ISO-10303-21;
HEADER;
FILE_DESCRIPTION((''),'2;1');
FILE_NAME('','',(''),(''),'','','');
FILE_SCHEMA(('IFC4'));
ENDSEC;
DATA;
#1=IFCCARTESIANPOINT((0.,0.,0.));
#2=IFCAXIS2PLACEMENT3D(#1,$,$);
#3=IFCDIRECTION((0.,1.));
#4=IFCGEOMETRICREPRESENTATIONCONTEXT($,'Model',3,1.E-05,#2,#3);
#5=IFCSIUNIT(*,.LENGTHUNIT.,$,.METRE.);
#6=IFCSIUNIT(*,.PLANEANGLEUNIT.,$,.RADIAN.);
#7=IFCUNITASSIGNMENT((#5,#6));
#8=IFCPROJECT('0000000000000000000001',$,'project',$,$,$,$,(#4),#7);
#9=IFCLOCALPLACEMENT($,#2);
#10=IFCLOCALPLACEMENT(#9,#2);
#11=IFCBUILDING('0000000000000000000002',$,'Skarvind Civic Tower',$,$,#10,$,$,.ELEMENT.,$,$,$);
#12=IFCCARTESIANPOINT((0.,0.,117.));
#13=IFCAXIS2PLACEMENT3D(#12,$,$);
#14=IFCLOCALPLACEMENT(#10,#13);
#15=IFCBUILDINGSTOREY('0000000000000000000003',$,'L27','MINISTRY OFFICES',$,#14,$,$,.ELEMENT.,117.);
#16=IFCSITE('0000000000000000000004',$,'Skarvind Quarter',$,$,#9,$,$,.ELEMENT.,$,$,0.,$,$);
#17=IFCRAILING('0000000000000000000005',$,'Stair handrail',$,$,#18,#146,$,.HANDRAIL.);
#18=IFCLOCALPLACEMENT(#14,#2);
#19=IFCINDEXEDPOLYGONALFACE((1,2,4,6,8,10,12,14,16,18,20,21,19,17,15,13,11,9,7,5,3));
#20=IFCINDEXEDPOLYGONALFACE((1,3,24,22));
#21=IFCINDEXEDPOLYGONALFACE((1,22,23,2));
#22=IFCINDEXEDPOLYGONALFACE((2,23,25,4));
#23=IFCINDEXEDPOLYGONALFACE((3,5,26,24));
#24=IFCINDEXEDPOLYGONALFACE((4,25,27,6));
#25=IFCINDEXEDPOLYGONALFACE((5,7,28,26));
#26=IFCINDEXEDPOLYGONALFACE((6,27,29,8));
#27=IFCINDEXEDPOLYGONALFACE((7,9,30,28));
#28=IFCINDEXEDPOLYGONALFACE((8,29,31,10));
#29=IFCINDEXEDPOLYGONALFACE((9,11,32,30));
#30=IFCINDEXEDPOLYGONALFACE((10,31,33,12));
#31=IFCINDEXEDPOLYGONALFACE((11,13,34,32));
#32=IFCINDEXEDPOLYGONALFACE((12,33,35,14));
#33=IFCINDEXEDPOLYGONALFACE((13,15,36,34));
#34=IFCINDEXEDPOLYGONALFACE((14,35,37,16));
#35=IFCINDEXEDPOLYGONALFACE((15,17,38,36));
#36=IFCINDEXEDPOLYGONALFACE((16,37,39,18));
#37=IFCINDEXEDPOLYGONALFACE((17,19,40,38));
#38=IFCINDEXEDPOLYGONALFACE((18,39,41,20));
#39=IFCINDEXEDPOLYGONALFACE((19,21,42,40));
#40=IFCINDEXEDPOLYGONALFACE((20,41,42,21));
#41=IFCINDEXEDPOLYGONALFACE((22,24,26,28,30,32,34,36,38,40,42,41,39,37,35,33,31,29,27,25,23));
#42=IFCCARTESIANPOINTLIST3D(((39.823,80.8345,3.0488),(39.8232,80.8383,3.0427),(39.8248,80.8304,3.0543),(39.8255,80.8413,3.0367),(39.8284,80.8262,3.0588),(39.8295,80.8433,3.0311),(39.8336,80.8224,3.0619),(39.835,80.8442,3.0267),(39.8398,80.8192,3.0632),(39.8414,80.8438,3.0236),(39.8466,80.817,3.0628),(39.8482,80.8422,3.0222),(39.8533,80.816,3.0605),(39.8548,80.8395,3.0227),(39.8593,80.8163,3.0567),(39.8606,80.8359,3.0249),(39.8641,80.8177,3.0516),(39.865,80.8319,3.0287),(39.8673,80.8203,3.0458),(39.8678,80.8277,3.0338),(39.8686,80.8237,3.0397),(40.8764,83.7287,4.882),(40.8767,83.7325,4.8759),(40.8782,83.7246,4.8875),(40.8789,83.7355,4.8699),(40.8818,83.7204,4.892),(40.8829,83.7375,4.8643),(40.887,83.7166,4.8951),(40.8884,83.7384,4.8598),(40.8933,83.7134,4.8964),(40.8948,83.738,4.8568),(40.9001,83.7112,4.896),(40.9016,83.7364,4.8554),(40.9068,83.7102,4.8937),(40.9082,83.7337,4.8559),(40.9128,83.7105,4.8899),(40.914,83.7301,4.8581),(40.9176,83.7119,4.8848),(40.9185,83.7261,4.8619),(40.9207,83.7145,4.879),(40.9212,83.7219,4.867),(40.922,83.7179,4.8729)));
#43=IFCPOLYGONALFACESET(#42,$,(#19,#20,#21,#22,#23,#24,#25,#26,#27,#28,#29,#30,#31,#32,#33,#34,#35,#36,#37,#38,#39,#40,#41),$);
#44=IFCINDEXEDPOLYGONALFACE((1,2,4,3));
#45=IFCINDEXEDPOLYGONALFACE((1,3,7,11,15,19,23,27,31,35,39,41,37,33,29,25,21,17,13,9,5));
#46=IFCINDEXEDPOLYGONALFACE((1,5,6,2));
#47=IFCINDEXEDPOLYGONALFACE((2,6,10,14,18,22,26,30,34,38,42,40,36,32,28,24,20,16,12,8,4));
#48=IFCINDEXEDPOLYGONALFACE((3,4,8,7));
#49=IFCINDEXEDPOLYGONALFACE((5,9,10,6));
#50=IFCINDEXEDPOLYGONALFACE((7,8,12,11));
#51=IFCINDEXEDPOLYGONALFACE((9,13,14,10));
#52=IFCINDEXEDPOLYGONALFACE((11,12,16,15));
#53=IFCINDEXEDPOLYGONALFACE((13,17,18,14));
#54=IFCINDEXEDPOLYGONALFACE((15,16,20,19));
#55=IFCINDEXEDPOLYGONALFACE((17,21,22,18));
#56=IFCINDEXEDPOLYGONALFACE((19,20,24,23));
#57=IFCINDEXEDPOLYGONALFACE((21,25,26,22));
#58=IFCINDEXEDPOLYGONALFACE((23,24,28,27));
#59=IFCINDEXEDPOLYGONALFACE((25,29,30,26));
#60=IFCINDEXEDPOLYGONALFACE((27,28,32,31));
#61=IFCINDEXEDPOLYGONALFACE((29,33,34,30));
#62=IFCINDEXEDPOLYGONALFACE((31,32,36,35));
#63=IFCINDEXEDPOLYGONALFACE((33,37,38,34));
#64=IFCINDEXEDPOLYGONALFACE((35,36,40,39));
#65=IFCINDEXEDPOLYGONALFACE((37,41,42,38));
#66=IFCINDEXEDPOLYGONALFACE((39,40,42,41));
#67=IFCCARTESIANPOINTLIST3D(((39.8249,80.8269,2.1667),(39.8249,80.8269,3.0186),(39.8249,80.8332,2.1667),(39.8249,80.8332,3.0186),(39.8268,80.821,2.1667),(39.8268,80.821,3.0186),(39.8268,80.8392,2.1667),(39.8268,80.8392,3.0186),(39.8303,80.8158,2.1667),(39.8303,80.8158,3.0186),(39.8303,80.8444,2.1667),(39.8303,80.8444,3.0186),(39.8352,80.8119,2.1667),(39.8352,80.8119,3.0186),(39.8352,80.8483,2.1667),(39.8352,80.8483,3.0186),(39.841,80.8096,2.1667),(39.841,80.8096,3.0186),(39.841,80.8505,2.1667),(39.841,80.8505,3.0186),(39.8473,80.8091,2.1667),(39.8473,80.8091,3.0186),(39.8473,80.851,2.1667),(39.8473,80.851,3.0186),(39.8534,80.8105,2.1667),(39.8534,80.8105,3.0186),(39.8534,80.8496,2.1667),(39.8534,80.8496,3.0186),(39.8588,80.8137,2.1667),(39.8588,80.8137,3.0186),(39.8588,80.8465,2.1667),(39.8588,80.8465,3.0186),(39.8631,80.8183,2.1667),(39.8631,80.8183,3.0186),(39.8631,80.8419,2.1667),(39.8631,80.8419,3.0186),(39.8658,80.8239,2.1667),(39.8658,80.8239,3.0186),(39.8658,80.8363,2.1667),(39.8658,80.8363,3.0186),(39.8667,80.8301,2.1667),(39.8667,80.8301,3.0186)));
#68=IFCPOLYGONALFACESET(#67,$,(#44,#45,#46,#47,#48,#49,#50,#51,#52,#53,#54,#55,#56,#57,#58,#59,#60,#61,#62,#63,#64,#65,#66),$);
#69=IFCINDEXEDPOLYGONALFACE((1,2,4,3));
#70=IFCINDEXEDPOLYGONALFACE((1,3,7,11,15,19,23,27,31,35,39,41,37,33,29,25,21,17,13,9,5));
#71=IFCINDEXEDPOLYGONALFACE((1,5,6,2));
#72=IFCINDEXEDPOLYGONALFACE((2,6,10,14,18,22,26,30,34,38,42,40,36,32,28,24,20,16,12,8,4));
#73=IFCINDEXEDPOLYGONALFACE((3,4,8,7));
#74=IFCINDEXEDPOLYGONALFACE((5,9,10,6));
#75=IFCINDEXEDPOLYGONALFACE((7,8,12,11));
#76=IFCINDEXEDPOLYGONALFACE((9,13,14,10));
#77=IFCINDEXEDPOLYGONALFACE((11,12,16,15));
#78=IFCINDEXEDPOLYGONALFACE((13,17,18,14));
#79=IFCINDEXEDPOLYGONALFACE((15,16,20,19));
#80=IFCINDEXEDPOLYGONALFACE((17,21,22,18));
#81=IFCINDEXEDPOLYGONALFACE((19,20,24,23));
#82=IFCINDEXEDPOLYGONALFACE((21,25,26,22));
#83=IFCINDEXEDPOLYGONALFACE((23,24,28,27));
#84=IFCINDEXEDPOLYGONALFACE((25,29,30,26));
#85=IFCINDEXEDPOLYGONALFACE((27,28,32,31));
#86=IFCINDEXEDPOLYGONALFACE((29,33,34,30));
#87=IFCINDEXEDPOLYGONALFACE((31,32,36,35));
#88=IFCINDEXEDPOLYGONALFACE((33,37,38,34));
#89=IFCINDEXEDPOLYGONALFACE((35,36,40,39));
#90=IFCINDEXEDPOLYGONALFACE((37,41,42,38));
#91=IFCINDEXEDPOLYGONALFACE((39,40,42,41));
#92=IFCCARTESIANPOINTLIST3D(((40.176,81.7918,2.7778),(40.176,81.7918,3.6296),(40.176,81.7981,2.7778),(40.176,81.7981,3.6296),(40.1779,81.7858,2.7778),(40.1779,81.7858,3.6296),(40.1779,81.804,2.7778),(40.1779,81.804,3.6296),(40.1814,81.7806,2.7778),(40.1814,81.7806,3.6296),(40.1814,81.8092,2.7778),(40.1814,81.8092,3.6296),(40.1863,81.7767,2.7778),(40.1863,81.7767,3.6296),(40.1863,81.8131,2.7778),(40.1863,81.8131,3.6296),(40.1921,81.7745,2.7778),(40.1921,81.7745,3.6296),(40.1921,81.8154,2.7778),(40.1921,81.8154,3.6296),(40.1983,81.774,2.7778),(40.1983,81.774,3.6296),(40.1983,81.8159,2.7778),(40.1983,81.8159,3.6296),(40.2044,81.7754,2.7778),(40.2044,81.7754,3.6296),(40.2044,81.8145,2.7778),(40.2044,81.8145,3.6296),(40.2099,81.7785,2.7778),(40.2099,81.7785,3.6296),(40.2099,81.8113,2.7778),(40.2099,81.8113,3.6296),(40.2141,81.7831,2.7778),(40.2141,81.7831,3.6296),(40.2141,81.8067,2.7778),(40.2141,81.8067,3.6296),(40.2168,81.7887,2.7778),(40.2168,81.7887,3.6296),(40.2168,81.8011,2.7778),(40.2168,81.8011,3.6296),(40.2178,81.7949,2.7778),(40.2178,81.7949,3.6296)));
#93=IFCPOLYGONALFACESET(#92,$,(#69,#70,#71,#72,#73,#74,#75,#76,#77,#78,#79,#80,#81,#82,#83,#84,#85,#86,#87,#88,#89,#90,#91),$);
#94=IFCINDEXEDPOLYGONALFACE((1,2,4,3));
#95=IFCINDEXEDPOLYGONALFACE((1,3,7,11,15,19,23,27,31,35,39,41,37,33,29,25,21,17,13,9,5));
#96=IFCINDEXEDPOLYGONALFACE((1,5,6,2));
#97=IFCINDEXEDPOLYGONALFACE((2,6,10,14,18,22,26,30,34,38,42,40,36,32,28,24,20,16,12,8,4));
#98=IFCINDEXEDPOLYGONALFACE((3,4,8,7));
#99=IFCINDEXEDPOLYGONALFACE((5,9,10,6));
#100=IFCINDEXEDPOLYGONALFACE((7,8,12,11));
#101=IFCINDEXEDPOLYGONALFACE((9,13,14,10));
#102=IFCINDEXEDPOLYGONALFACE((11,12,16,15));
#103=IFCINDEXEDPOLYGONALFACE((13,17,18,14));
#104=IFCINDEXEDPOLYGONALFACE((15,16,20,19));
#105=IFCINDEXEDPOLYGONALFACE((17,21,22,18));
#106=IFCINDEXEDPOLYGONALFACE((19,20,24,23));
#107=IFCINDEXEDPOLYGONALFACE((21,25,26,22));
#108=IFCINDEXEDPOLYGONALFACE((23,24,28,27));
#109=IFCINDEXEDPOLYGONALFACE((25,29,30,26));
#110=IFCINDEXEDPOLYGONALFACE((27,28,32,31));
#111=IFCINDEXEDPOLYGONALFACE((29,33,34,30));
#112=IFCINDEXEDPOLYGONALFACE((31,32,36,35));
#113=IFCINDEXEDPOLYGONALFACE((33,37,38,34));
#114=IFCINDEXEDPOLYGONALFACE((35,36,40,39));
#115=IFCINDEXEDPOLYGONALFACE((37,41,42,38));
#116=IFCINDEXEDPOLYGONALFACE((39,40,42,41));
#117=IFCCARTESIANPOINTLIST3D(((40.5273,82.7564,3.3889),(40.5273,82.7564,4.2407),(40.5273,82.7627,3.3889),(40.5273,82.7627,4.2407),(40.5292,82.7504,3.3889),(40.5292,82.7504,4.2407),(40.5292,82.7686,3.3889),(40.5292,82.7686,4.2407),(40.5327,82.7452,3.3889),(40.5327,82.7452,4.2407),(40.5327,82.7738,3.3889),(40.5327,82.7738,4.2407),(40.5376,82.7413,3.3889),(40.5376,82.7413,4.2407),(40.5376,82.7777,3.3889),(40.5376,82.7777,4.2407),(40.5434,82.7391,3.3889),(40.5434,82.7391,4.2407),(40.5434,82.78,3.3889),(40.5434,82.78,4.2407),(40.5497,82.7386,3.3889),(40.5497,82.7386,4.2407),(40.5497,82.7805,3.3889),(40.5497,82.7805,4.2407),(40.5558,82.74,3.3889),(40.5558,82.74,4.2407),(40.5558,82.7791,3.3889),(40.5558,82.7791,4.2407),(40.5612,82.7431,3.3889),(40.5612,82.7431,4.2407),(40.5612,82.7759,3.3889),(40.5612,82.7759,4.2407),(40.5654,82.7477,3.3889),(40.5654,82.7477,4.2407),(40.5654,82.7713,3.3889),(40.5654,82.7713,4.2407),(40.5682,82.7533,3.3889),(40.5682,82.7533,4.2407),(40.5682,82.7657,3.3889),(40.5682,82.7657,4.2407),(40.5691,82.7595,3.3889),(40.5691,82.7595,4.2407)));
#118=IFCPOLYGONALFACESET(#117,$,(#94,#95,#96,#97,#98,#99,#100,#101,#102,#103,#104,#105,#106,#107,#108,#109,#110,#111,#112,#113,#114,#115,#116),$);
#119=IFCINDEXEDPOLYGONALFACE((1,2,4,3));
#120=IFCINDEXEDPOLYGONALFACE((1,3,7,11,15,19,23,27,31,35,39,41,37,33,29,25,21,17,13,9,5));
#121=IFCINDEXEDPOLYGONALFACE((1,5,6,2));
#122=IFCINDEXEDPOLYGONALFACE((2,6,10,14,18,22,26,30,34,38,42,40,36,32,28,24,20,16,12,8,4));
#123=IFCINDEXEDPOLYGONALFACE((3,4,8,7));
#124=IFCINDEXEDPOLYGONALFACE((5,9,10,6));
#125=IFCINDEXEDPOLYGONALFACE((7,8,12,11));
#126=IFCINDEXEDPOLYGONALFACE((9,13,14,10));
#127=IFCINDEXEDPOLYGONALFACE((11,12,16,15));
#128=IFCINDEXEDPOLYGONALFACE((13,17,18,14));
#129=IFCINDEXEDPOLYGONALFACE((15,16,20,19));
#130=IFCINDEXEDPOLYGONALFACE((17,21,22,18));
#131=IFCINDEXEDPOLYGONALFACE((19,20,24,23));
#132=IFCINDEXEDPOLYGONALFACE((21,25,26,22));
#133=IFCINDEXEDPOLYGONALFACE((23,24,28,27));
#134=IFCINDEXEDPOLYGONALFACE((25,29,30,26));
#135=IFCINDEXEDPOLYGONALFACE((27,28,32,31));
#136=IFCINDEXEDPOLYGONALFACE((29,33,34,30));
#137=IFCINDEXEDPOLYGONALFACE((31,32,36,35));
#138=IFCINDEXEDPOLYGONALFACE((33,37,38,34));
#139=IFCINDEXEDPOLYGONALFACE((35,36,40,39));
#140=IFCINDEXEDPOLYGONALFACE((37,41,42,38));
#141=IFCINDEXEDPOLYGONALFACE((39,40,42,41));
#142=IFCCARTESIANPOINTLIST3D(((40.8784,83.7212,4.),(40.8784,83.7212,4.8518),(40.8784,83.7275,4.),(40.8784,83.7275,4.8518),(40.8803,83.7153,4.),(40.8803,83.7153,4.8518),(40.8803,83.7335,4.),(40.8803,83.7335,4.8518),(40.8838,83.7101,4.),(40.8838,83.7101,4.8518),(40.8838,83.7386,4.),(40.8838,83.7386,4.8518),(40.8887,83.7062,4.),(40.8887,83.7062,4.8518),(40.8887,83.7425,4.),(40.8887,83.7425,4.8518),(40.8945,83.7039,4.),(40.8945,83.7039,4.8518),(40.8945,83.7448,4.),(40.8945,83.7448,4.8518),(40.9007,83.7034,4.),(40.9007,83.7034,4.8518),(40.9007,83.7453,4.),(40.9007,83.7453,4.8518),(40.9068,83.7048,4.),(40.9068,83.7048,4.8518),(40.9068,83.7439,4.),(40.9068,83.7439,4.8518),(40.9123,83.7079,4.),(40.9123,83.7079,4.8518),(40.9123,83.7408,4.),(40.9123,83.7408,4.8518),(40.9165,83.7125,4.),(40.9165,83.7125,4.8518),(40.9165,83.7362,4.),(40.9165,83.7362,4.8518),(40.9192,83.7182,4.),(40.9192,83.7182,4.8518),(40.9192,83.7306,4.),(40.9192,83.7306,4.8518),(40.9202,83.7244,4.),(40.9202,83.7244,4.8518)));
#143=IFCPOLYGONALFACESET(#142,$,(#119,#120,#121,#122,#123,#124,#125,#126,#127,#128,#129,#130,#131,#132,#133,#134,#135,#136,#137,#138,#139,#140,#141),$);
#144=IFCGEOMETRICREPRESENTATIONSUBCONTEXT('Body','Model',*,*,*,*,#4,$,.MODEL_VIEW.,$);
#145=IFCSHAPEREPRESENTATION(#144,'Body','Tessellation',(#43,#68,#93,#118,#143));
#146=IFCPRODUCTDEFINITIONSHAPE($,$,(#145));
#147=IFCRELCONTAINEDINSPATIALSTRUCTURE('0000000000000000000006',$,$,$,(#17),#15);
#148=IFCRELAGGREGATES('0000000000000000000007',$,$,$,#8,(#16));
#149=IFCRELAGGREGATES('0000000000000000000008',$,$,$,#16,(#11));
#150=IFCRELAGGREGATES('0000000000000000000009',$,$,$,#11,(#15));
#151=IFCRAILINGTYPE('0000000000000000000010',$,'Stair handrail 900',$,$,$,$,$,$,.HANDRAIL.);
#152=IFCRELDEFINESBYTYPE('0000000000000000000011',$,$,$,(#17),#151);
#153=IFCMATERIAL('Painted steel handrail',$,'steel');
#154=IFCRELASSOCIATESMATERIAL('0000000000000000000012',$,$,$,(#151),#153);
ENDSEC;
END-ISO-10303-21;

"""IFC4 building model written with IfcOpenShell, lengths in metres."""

from ifc_helpers import new_model, si_unit, direction, frame, origin, origin_2d, place, context, subcontext, project, spatial, circle, extrude, material, type_object, element, save


model = new_model("IFC4")

# Units and contexts
model_context = context("Model", 3, precision=1e-05, world=origin(), true_north=direction((0.0, 1.0)))
body_context = subcontext(model_context, "Body", "Model", "MODEL_VIEW")
ifc_project = project(units=[si_unit("LENGTHUNIT", "METRE"), si_unit("PLANEANGLEUNIT", "RADIAN")], contexts=[model_context])

# Site, building, storey
site_placement = place(None, origin())
site = spatial("IfcSite", under=ifc_project, at=site_placement, Name="Skarvind Quarter", CompositionType="ELEMENT", RefElevation=0.0)
building_placement = place(site_placement, origin())
building = spatial("IfcBuilding", under=site, at=building_placement, Name="Skarvind Civic Tower", CompositionType="ELEMENT")
storey_placement = place(building_placement, frame((0.0, 0.0, 117.0)))
storey = spatial("IfcBuildingStorey", under=building, at=storey_placement, Name="L27", Description="MINISTRY OFFICES", CompositionType="ELEMENT", Elevation=117.0)

# Railing
ifc_material_1 = material(Name="Painted steel handrail", Category="steel")
railing_type = type_object("IfcRailingType", Name="Stair handrail 900", PredefinedType="HANDRAIL", material=ifc_material_1)
for number, where, name in (
    (1, (39.8457, 80.8301, 2.1667), "Stair handrail"),
):
    element("IfcRailing", number, at=place(storey_placement, frame(where)), inside=storey, type_object=railing_type, Name=name, PredefinedType="HANDRAIL", context=body_context, shape_type="SweptSolid", body=[
        extrude(circle(Radius=0.0239, at=origin_2d()), frame((0.0, 0.0, 0.876), z_axis=(0.293908, 0.807481, 0.511461), x_axis=(-0.939689, 0.342029, 0.0)), (0.0, 0.0, 1.0), 3.5842),
        extrude(circle(Radius=0.021, at=origin_2d()), origin(), (0.0, 0.0, 1.0), 0.8518),
        extrude(circle(Radius=0.021, at=origin_2d()), frame((0.3511, 0.9648, 0.6111)), (0.0, 0.0, 1.0), 0.8518),
        extrude(circle(Radius=0.021, at=origin_2d()), frame((0.7024, 1.9294, 1.2222)), (0.0, 0.0, 1.0), 0.8518),
        extrude(circle(Radius=0.021, at=origin_2d()), frame((1.0535, 2.8943, 1.8333)), (0.0, 0.0, 1.0), 0.8518),
    ])

save(model, "model.ifc")
